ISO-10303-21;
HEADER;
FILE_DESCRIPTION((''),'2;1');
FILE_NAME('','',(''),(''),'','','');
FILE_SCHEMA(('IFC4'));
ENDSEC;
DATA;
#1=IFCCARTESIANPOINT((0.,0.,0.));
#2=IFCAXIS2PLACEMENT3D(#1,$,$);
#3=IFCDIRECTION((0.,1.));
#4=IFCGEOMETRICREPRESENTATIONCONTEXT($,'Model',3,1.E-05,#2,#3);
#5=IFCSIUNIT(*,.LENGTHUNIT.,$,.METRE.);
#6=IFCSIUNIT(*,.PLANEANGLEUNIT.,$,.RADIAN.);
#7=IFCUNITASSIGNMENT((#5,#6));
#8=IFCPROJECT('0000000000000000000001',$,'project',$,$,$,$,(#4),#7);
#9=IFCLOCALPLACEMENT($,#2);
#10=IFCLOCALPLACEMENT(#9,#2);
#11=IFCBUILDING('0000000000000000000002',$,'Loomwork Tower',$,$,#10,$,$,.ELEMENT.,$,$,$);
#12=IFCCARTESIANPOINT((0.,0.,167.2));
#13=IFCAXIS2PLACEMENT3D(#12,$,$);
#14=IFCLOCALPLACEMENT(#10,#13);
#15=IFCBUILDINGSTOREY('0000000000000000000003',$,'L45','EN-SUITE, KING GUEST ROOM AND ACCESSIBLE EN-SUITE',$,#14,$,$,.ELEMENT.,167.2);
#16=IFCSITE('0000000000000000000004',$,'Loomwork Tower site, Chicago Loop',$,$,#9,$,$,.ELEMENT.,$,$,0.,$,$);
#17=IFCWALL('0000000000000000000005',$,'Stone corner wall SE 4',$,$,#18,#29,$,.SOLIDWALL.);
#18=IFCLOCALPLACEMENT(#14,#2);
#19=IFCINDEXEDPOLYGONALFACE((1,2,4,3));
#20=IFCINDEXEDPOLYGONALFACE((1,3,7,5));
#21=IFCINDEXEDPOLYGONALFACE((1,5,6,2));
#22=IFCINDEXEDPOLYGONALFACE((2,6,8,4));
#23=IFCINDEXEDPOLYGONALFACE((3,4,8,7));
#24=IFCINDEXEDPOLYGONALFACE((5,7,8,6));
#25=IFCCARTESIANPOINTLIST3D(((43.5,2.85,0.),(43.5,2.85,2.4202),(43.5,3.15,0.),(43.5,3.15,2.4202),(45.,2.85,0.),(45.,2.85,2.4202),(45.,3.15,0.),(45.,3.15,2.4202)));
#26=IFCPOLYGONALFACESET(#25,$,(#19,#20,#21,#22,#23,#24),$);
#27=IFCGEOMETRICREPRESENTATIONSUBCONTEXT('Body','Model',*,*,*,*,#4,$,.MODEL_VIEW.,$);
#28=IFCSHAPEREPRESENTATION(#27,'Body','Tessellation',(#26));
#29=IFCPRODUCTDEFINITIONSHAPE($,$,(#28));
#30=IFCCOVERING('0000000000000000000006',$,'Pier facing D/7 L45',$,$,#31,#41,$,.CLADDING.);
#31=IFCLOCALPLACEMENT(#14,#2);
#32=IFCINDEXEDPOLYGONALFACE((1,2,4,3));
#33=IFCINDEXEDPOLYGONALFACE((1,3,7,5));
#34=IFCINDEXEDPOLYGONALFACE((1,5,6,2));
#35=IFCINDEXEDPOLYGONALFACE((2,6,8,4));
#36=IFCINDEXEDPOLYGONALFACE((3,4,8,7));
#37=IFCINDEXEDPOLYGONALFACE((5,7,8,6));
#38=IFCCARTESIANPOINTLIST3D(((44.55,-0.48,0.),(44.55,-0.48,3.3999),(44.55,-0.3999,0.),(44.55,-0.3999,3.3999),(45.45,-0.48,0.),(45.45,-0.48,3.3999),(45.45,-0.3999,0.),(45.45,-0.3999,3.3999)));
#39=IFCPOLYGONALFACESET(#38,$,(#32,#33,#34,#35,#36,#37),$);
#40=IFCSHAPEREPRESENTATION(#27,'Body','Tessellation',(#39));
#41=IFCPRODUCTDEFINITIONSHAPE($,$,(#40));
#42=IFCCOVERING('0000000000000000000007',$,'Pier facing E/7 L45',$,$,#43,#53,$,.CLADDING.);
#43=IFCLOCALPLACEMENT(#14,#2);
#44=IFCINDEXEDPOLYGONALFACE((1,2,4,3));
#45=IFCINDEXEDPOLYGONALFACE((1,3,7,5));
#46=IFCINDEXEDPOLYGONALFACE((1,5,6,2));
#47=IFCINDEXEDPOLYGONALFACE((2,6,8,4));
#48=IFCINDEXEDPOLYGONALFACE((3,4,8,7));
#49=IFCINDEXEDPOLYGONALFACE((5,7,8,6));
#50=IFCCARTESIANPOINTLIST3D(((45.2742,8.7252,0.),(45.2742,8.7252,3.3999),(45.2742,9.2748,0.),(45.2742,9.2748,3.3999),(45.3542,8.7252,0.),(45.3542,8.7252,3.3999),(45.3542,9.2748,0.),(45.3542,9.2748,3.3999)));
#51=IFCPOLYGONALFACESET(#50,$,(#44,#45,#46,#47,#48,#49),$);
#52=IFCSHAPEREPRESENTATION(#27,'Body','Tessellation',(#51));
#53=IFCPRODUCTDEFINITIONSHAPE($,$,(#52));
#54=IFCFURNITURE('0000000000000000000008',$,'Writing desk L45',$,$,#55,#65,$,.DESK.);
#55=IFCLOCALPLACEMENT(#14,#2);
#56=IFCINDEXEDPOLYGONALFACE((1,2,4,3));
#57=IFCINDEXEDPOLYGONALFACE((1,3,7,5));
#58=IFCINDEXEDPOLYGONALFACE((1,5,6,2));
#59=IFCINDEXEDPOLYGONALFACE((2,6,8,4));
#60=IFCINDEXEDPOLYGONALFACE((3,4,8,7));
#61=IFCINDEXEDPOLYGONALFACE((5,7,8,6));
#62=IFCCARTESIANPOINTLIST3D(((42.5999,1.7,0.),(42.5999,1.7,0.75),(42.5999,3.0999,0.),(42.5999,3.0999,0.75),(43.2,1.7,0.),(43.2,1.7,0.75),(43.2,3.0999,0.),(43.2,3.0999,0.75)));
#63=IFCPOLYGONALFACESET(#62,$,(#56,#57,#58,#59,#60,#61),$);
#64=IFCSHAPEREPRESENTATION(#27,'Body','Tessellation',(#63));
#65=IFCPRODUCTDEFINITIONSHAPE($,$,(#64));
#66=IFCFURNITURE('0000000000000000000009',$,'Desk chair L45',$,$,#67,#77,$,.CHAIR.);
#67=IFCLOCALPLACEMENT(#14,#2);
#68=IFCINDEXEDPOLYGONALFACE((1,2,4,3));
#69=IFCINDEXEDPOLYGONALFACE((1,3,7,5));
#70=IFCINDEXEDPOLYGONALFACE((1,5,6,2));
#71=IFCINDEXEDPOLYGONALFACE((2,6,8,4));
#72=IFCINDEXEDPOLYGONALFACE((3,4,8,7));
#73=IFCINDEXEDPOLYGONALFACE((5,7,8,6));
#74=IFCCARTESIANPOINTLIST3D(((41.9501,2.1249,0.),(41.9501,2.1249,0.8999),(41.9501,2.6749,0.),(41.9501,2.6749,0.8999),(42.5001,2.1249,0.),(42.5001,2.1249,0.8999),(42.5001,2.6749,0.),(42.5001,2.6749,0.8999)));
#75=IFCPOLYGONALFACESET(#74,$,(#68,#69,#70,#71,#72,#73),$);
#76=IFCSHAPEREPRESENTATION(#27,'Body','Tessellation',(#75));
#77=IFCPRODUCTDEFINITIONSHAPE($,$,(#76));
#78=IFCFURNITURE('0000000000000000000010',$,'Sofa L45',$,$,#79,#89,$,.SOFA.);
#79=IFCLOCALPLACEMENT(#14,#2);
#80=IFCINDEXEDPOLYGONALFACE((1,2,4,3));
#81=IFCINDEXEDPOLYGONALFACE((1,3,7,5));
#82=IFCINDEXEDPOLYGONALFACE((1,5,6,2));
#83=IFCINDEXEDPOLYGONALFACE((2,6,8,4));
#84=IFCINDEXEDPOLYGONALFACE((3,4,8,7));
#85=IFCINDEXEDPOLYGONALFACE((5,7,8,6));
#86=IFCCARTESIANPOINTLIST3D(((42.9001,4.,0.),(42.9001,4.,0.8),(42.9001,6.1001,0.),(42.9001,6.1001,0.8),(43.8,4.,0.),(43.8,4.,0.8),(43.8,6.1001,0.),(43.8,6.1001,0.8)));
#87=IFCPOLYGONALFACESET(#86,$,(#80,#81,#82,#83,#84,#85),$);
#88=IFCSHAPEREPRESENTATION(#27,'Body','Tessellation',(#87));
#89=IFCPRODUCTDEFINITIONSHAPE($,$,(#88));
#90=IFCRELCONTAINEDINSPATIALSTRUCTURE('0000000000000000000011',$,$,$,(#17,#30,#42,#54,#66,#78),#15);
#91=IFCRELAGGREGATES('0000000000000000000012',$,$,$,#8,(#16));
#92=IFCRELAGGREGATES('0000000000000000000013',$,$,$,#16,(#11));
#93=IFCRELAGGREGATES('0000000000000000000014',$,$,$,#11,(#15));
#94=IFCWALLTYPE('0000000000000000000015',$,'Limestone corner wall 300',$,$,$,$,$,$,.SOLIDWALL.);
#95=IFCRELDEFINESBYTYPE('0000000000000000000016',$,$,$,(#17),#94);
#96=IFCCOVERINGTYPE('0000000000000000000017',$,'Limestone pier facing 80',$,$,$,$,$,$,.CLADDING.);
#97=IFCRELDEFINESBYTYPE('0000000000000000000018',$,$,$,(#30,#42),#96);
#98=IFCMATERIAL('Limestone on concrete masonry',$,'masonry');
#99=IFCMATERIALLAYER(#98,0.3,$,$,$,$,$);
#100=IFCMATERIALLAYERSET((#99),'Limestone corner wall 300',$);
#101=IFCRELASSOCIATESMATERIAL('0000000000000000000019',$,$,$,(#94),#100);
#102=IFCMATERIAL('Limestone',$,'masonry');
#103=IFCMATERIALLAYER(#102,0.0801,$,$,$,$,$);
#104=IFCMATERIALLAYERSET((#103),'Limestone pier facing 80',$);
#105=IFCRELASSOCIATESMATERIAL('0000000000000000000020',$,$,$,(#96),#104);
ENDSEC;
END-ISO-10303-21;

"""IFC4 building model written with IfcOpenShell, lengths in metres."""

from ifc_helpers import new_model, si_unit, direction, frame, frame_2d, origin, origin_2d, place, context, subcontext, project, spatial, rectangle, extrude, material, layer, layer_set, type_object, element, save


model = new_model("IFC4")

# Units and contexts
model_context = context("Model", 3, precision=1e-05, world=origin(), true_north=direction((0.0, 1.0)))
body_context = subcontext(model_context, "Body", "Model", "MODEL_VIEW")
ifc_project = project(units=[si_unit("LENGTHUNIT", "METRE"), si_unit("PLANEANGLEUNIT", "RADIAN")], contexts=[model_context])

# Site, building, storey
site_placement = place(None, origin())
site = spatial("IfcSite", under=ifc_project, at=site_placement, Name="Loomwork Tower site, Chicago Loop", CompositionType="ELEMENT", RefElevation=0.0)
building_placement = place(site_placement, origin())
building = spatial("IfcBuilding", under=site, at=building_placement, Name="Loomwork Tower", CompositionType="ELEMENT")
storey_placement = place(building_placement, frame((0.0, 0.0, 167.2)))
storey = spatial("IfcBuildingStorey", under=building, at=storey_placement, Name="L45", Description="EN-SUITE, KING GUEST ROOM AND ACCESSIBLE EN-SUITE", CompositionType="ELEMENT", Elevation=167.2)

# Shared definitions
ifc_material_1 = material(Name="Limestone on concrete masonry", Category="masonry")
ifc_layer_1 = layer(ifc_material_1, 0.3)
ifc_layer_set_1 = layer_set([ifc_layer_1], Name="Limestone corner wall 300")
wall_type_1 = type_object("IfcWallType", Name="Limestone corner wall 300", PredefinedType="SOLIDWALL", material=ifc_layer_set_1)

# Wall
wall_1_placement = place(storey_placement, frame((43.5, 3.0, 0.0), z_axis=(0.0, 0.0, 1.0), x_axis=(1.0, 0.0, 0.0)))
element("IfcWall", 1, at=wall_1_placement, inside=storey, type_object=wall_type_1, Name="Stone corner wall SE 4", PredefinedType="SOLIDWALL", context=body_context, shape_type="SweptSolid", body=[
    extrude(rectangle(XDim=1.5, YDim=0.3, at=frame_2d((0.75, 0.0))), origin(), (0.0, 0.0, 1.0), 2.4202),
])

# Coverings
ifc_material_2 = material(Name="Limestone", Category="masonry")
ifc_layer_2 = layer(ifc_material_2, 0.0801)
ifc_layer_set_2 = layer_set([ifc_layer_2], Name="Limestone pier facing 80")
covering_type = type_object("IfcCoveringType", Name="Limestone pier facing 80", PredefinedType="CLADDING", material=ifc_layer_set_2)
covering_1_placement = place(storey_placement, frame((45.0, -0.4399, 0.0), z_axis=(0.0, 0.0, 1.0), x_axis=(1.0, 0.0, 0.0)))
element("IfcCovering", 2, at=covering_1_placement, inside=storey, type_object=covering_type, Name="Pier facing D/7 L45", PredefinedType="CLADDING", context=body_context, shape_type="SweptSolid", body=[
    extrude(rectangle(XDim=0.8999, YDim=0.0801, at=origin_2d()), origin(), (0.0, 0.0, 1.0), 3.3999),
])
covering_2_placement = place(storey_placement, frame((45.3142, 9.0, 0.0), z_axis=(0.0, 0.0, 1.0), x_axis=(1.0, 0.0, 0.0)))
element("IfcCovering", 3, at=covering_2_placement, inside=storey, type_object=covering_type, Name="Pier facing E/7 L45", PredefinedType="CLADDING", context=body_context, shape_type="SweptSolid", body=[
    extrude(rectangle(XDim=0.0801, YDim=0.5496, at=origin_2d()), origin(), (0.0, 0.0, 1.0), 3.3999),
])

# Furniture
furniture_1_placement = place(storey_placement, frame((42.8999, 2.3999, 0.0), z_axis=(0.0, 0.0, 1.0), x_axis=(1.0, 0.0, 0.0)))
element("IfcFurniture", 4, at=furniture_1_placement, inside=storey, Name="Writing desk L45", PredefinedType="DESK", context=body_context, shape_type="SweptSolid", body=[
    extrude(rectangle(XDim=0.6001, YDim=1.3999, at=origin_2d()), origin(), (0.0, 0.0, 1.0), 0.75),
])
furniture_2_placement = place(storey_placement, frame((42.2251, 2.3999, 0.0), z_axis=(0.0, 0.0, 1.0), x_axis=(1.0, 0.0, 0.0)))
element("IfcFurniture", 5, at=furniture_2_placement, inside=storey, Name="Desk chair L45", PredefinedType="CHAIR", context=body_context, shape_type="SweptSolid", body=[
    extrude(rectangle(XDim=0.55, YDim=0.55, at=origin_2d()), origin(), (0.0, 0.0, 1.0), 0.8999),
])
furniture_3_placement = place(storey_placement, frame((43.3501, 5.05, 0.0), z_axis=(0.0, 0.0, 1.0), x_axis=(1.0, 0.0, 0.0)))
element("IfcFurniture", 6, at=furniture_3_placement, inside=storey, Name="Sofa L45", PredefinedType="SOFA", context=body_context, shape_type="SweptSolid", body=[
    extrude(rectangle(XDim=0.8999, YDim=2.1001, at=origin_2d()), origin(), (0.0, 0.0, 1.0), 0.8),
])

save(model, "model.ifc")
